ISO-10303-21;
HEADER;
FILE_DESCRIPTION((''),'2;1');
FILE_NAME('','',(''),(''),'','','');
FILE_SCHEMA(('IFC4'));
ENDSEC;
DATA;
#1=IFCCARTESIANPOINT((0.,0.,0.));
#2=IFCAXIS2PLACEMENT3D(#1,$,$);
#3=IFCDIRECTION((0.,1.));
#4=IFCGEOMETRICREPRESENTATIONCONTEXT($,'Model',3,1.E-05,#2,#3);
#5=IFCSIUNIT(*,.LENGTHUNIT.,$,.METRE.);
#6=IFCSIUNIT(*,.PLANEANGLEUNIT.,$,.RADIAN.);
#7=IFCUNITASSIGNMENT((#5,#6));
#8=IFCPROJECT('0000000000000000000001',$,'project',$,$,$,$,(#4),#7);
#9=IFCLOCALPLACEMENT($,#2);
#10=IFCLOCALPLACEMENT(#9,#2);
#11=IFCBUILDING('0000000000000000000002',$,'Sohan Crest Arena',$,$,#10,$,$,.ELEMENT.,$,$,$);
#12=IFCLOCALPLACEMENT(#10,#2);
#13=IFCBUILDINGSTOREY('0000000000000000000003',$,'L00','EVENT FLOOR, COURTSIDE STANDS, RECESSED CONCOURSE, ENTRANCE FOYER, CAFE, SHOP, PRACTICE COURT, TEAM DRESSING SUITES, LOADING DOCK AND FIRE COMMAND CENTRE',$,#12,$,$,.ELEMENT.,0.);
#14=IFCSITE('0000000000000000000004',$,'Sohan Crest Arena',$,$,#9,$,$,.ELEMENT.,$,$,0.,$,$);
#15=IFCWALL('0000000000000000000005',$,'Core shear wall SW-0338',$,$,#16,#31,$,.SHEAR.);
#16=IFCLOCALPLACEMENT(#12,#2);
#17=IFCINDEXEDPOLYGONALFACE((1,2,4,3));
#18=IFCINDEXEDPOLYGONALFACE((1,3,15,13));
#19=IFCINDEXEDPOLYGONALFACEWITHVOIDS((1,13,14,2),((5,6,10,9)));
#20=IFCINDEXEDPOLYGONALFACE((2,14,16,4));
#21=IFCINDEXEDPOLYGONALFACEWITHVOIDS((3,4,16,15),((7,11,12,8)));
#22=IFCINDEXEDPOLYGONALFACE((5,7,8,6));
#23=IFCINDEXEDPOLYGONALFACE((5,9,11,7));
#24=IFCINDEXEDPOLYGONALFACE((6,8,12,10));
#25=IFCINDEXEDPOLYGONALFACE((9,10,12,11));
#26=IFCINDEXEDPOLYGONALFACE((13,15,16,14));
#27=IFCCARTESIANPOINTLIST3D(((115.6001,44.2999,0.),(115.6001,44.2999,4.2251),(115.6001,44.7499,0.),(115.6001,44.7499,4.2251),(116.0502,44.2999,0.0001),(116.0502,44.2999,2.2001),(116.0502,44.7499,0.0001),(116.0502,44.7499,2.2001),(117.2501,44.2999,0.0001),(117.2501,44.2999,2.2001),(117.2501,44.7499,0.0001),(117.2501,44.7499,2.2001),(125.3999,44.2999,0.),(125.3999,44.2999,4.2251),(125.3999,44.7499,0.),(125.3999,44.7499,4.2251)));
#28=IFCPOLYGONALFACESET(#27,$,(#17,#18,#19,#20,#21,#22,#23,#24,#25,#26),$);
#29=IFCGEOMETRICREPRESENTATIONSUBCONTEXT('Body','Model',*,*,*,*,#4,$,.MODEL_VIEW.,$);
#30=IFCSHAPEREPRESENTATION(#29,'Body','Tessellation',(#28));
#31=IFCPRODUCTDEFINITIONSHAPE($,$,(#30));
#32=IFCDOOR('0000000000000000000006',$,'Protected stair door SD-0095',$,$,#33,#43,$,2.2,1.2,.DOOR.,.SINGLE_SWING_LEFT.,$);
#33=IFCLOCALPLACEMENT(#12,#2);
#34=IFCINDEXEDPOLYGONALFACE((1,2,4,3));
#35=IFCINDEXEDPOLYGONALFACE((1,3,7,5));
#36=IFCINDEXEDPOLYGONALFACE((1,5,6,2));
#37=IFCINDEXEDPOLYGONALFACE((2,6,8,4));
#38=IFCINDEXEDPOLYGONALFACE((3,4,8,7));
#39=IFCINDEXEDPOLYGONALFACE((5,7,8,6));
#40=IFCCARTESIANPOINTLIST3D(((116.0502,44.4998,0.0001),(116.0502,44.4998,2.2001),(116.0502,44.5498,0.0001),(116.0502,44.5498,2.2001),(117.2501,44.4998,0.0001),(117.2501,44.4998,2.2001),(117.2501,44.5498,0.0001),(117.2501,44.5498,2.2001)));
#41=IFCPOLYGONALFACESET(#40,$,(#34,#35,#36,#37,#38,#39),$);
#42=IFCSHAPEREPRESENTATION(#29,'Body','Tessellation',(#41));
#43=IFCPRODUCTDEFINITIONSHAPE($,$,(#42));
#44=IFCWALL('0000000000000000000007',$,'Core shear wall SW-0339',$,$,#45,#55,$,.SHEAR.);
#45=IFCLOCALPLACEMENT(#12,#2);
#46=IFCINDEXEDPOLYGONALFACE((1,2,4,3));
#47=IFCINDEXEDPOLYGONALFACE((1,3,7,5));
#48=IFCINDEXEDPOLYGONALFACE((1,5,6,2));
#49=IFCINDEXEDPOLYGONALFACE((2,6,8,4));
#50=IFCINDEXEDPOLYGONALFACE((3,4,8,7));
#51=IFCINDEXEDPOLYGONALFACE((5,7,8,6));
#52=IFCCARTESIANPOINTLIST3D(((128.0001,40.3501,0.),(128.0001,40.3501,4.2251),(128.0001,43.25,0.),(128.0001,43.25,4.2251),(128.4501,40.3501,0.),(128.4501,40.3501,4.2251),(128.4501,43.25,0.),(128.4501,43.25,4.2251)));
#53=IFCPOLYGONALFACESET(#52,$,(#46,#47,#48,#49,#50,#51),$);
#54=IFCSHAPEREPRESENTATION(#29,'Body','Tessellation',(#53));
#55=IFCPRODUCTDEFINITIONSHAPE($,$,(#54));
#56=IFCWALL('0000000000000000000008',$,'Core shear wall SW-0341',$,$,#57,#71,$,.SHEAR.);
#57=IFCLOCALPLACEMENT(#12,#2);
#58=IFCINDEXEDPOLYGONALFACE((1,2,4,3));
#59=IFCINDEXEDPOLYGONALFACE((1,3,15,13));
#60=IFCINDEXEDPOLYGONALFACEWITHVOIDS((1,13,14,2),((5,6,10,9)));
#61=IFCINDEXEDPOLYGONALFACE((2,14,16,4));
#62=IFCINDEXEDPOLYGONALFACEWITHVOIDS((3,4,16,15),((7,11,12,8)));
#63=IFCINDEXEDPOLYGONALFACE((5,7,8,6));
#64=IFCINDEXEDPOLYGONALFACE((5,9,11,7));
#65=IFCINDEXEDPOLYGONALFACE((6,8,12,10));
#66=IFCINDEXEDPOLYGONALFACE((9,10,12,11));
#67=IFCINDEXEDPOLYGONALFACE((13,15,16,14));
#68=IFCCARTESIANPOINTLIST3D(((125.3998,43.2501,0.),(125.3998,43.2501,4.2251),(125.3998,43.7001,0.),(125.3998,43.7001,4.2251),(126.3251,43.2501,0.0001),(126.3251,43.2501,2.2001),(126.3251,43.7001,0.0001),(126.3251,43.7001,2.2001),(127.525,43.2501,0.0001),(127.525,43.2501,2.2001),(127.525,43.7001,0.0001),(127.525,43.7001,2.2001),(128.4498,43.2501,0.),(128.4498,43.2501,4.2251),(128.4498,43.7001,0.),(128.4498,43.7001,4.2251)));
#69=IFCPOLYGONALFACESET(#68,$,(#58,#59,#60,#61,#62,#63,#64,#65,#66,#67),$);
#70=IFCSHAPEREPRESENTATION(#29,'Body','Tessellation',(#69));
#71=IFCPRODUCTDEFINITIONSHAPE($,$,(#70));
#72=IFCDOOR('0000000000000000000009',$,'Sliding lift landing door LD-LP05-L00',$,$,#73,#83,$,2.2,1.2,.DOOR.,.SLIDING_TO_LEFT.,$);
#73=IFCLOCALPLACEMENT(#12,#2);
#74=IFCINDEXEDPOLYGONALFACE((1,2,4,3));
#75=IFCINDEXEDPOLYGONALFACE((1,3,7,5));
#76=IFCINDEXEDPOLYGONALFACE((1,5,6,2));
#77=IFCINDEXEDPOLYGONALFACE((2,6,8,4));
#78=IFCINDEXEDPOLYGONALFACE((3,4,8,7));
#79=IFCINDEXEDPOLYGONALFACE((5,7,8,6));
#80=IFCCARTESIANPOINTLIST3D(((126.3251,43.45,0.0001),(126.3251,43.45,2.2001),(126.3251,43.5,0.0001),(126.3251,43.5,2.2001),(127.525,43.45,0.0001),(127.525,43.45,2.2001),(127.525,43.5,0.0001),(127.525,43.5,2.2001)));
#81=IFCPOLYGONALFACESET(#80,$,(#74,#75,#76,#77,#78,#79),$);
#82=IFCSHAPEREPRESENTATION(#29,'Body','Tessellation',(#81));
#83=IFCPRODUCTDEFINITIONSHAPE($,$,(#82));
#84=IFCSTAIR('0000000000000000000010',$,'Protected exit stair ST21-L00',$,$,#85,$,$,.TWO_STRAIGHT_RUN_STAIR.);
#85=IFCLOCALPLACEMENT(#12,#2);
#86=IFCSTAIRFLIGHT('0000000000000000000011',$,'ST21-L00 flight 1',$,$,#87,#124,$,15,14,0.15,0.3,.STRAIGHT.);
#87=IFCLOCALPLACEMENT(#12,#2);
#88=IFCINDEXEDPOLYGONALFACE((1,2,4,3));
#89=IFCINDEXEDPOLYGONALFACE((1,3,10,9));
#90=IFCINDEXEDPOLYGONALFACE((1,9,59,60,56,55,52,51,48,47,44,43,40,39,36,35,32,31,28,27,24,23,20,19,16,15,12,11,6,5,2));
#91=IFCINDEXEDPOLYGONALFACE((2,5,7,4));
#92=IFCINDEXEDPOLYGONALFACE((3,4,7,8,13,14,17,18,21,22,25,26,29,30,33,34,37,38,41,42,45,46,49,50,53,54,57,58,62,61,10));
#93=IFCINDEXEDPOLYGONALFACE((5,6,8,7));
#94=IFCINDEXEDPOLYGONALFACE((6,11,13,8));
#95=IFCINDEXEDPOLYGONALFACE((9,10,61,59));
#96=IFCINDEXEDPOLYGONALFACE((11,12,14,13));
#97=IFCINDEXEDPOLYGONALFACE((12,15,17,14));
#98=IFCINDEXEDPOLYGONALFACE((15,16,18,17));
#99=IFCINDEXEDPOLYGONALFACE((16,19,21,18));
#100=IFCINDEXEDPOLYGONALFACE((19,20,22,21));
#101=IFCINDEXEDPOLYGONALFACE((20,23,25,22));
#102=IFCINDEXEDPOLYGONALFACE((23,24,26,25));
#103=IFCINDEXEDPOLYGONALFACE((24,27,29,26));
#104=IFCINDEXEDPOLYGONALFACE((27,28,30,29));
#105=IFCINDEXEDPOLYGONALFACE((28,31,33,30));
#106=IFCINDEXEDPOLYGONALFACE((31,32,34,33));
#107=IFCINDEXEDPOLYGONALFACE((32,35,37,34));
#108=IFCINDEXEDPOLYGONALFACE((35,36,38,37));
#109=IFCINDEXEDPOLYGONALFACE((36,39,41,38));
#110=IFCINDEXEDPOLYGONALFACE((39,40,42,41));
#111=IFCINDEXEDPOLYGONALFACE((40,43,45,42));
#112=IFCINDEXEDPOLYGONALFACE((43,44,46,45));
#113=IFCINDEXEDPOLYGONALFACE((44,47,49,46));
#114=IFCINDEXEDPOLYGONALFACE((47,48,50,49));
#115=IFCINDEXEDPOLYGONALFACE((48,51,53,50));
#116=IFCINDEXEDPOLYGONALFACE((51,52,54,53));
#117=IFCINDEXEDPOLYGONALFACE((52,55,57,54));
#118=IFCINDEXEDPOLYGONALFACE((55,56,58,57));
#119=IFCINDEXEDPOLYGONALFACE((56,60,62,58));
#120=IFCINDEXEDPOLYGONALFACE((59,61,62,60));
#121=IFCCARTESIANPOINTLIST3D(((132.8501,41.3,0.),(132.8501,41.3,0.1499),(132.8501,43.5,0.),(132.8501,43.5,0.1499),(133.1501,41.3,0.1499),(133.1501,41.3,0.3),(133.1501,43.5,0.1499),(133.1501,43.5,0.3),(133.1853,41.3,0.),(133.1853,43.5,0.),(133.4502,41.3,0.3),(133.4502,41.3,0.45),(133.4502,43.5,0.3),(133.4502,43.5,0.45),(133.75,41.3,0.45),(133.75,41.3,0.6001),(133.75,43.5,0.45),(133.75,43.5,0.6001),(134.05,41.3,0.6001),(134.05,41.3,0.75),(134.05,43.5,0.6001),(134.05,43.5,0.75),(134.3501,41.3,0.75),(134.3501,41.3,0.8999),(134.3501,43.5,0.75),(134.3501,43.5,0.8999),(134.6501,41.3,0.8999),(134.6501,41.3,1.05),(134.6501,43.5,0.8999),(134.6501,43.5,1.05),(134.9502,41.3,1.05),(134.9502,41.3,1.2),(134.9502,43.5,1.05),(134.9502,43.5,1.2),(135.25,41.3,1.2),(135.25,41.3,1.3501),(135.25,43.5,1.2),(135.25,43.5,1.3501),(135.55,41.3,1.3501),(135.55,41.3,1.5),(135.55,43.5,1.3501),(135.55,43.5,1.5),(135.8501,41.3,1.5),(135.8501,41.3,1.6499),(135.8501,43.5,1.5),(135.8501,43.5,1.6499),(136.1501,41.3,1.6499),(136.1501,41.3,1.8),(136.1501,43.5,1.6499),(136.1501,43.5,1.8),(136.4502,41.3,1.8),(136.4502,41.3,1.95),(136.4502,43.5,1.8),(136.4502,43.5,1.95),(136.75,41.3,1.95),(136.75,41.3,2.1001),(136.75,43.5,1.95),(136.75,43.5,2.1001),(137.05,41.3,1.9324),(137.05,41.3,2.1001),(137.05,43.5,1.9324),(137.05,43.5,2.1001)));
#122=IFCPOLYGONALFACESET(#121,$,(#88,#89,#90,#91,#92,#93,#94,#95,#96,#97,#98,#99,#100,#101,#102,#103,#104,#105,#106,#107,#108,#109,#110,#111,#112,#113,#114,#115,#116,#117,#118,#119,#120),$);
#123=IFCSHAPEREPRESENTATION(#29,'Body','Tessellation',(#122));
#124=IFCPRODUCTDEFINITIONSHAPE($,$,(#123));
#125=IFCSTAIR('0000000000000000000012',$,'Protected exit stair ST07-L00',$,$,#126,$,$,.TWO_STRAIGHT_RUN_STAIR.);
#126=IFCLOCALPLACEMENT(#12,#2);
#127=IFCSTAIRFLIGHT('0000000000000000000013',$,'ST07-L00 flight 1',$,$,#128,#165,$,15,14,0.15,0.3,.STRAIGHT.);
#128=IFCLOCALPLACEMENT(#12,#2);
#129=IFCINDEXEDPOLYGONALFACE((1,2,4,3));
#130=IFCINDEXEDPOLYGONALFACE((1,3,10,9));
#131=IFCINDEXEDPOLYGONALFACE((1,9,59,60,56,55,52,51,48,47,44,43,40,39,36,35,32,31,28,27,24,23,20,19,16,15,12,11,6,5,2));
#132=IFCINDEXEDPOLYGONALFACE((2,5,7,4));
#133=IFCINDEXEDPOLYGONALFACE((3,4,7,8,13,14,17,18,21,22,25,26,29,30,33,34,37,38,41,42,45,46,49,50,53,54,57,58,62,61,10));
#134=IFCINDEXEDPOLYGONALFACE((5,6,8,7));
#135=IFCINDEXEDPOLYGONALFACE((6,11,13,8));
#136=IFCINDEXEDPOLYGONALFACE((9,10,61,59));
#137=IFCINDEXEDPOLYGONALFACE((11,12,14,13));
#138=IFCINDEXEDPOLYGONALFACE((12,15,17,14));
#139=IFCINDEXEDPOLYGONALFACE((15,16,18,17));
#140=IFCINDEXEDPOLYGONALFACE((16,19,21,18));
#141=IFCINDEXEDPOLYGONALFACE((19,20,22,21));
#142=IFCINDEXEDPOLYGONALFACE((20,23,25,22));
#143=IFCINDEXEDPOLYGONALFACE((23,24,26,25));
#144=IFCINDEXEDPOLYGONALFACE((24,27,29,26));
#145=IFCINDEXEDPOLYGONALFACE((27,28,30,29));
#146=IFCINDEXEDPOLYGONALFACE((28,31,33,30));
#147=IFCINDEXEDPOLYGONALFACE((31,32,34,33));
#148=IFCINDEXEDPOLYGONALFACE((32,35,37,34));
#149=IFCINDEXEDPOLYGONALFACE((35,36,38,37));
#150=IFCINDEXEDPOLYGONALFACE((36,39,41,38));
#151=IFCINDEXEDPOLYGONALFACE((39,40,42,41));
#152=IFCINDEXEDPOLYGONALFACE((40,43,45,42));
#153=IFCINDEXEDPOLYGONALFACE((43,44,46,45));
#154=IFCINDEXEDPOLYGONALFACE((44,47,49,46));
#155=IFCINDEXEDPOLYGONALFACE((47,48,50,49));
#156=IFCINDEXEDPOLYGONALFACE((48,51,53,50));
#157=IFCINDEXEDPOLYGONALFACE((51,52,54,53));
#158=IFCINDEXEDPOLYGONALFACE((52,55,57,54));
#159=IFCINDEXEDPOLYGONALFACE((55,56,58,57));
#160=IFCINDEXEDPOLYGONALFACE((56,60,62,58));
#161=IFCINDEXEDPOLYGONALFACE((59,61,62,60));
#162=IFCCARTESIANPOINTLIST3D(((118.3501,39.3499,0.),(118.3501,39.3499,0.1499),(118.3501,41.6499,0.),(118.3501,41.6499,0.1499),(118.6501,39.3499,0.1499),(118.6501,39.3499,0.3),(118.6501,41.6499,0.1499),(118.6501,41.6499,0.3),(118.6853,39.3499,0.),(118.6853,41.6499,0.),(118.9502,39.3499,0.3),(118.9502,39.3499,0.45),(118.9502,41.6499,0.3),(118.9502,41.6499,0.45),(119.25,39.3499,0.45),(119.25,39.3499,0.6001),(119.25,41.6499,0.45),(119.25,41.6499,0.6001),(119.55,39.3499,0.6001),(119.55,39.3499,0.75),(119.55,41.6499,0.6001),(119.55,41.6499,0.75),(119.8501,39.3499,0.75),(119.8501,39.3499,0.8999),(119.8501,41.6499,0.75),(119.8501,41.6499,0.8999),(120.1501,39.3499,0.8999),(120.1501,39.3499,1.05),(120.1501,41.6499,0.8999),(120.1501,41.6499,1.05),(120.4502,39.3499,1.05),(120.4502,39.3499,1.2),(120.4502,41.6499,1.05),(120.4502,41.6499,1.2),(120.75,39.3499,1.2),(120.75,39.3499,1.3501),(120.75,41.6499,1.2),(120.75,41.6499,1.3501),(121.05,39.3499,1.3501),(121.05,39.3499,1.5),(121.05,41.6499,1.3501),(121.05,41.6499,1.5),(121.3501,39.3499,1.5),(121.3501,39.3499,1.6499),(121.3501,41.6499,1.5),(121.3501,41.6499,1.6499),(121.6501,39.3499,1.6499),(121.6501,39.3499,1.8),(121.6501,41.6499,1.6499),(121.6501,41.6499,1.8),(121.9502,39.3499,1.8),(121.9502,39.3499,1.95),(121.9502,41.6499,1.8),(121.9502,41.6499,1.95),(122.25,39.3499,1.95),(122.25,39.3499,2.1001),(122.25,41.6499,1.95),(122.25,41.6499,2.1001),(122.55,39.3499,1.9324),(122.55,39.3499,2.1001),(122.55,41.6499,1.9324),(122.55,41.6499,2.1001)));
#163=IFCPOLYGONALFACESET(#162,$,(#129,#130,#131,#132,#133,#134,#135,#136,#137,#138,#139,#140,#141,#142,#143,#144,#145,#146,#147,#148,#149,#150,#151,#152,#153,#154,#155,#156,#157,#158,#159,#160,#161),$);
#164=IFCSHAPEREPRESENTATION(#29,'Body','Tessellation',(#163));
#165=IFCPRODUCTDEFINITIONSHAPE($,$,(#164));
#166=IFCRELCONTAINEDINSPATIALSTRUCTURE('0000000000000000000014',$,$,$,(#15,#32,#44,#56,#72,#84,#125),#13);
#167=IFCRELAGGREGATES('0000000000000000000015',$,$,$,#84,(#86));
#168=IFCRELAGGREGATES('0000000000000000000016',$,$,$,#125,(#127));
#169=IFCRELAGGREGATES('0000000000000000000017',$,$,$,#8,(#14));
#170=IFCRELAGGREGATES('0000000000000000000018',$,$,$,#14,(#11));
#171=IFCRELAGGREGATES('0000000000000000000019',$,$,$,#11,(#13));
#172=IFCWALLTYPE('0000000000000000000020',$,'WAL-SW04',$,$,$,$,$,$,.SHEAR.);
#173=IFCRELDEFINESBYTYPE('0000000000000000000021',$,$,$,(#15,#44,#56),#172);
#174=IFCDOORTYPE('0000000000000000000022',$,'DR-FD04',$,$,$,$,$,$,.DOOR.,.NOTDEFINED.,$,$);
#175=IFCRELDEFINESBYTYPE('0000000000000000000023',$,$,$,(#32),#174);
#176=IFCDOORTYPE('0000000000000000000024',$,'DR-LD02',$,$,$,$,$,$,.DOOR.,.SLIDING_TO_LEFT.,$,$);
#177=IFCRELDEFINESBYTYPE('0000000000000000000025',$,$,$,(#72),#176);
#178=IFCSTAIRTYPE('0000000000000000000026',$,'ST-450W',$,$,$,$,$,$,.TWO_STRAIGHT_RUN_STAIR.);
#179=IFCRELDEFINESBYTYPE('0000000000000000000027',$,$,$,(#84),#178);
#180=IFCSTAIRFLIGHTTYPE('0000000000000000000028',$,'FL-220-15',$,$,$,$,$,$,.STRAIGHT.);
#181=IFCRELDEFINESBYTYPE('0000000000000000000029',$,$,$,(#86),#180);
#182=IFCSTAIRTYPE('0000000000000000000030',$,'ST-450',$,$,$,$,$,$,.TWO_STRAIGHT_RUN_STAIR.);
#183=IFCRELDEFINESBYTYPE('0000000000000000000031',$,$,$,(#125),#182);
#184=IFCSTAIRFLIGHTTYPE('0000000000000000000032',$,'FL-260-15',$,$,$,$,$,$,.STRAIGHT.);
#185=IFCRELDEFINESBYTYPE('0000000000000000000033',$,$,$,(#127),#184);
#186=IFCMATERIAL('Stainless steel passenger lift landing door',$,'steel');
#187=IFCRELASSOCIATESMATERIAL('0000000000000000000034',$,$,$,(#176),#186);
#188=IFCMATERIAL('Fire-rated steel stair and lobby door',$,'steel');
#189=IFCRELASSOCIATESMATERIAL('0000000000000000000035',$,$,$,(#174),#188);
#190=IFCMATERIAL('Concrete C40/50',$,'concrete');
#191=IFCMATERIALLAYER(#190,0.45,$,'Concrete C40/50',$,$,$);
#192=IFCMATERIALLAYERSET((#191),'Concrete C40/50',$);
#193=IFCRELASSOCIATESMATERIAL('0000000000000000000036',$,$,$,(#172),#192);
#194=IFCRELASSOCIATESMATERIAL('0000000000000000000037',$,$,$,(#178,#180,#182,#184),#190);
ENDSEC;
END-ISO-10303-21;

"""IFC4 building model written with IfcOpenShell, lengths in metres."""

from ifc_helpers import new_model, si_unit, direction, frame, frame_2d, origin, place, context, subcontext, project, spatial, polyline, rectangle, outline, extrude, material, layer, layer_set, type_object, element, fill, aggregate, save


model = new_model("IFC4")

# Units and contexts
model_context = context("Model", 3, precision=1e-05, world=origin(), true_north=direction((0.0, 1.0)))
body_context = subcontext(model_context, "Body", "Model", "MODEL_VIEW")
ifc_project = project(units=[si_unit("LENGTHUNIT", "METRE"), si_unit("PLANEANGLEUNIT", "RADIAN")], contexts=[model_context])

# Site, building, storey
site_placement = place(None, origin())
site = spatial("IfcSite", under=ifc_project, at=site_placement, Name="Sohan Crest Arena", CompositionType="ELEMENT", RefElevation=0.0)
building_placement = place(site_placement, origin())
building = spatial("IfcBuilding", under=site, at=building_placement, Name="Sohan Crest Arena", CompositionType="ELEMENT")
storey_placement = place(building_placement, origin())
storey = spatial("IfcBuildingStorey", under=building, at=storey_placement, Name="L00", Description="EVENT FLOOR, COURTSIDE STANDS, RECESSED CONCOURSE, ENTRANCE FOYER, CAFE, SHOP, PRACTICE COURT, TEAM DRESSING SUITES, LOADING DOCK AND FIRE COMMAND CENTRE", CompositionType="ELEMENT", Elevation=0.0)

# Shared definitions
ifc_material_1 = material(Name="Concrete C40/50", Category="concrete")

# Shared definitions
ifc_material_2 = material(Name="Stainless steel passenger lift landing door", Category="steel")
door_type_1 = type_object("IfcDoorType", Name="DR-LD02", OperationType="SLIDING_TO_LEFT", PredefinedType="DOOR", material=ifc_material_2)

# Wall, opening, door
ifc_material_3 = material(Name="Fire-rated steel stair and lobby door", Category="steel")
door_type_2 = type_object("IfcDoorType", Name="DR-FD04", OperationType="NOTDEFINED", PredefinedType="DOOR", material=ifc_material_3)
ifc_layer_1 = layer(ifc_material_1, 0.45, Name="Concrete C40/50")
ifc_layer_set_1 = layer_set([ifc_layer_1], Name="Concrete C40/50")
wall_type_1 = type_object("IfcWallType", Name="WAL-SW04", PredefinedType="SHEAR", material=ifc_layer_set_1)
wall_1_placement = place(storey_placement, frame((115.6001, 44.5249, 0.0), z_axis=(0.0, 0.0, 1.0), x_axis=(1.0, 0.0, 0.0)))
wall_1 = element("IfcWall", 1, at=wall_1_placement, inside=storey, type_object=wall_type_1, Name="Core shear wall SW-0338", PredefinedType="SHEAR", context=body_context, shape_type="SweptSolid", body=[
    extrude(rectangle(XDim=9.7998, YDim=0.45, at=frame_2d((4.8999, 0.0))), origin(), (0.0, 0.0, 1.0), 4.2251),
])
opening_1_placement = place(wall_1_placement, frame((0.45, 0.0, 0.0)))
opening_1 = element("IfcOpeningElement", 2, at=opening_1_placement, cuts=wall_1, PredefinedType="OPENING", context=body_context, shape_type="SweptSolid", body=[
    extrude(rectangle(XDim=1.2, YDim=2.2, at=frame_2d((0.6001, 1.1001))), frame((0.0, 0.2349, 0.0), z_axis=(0.0, -1.0, 0.0), x_axis=(1.0, 0.0, 0.0)), (0.0, 0.0, 1.0), 0.47),
])
door_1_placement = place(opening_1_placement, origin())
door_1 = element("IfcDoor", 3, at=door_1_placement, inside=storey, type_object=door_type_2, Name="Protected stair door SD-0095", OperationType="SINGLE_SWING_LEFT", OverallHeight=2.2, OverallWidth=1.2, PredefinedType="DOOR", context=body_context, shape_type="SweptSolid", body=[
    extrude(rectangle(XDim=1.2, YDim=2.2, at=frame_2d((0.6001, 1.1001))), frame((0.0, 0.0249, 0.0), z_axis=(0.0, -1.0, 0.0), x_axis=(1.0, 0.0, 0.0)), (0.0, 0.0, 1.0), 0.05),
])
fill(opening_1, door_1)

# Wall
wall_2_placement = place(storey_placement, frame((128.2251, 40.3501, 0.0), z_axis=(0.0, 0.0, 1.0), x_axis=(0.0, 1.0, 0.0)))
element("IfcWall", 4, at=wall_2_placement, inside=storey, type_object=wall_type_1, Name="Core shear wall SW-0339", PredefinedType="SHEAR", context=body_context, shape_type="SweptSolid", body=[
    extrude(rectangle(XDim=2.8999, YDim=0.45, at=frame_2d((1.45, 0.0))), origin(), (0.0, 0.0, 1.0), 4.2251),
])

# Wall, opening, door
wall_3_placement = place(storey_placement, frame((125.3999, 43.4751, 0.0), z_axis=(0.0, 0.0, 1.0), x_axis=(1.0, 0.0, 0.0)))
wall_3 = element("IfcWall", 5, at=wall_3_placement, inside=storey, type_object=wall_type_1, Name="Core shear wall SW-0341", PredefinedType="SHEAR", context=body_context, shape_type="SweptSolid", body=[
    extrude(rectangle(XDim=3.05, YDim=0.45, at=frame_2d((1.5249, 0.0))), origin(), (0.0, 0.0, 1.0), 4.2251),
])
opening_2_placement = place(wall_3_placement, frame((0.925, 0.0, 0.0)))
opening_2 = element("IfcOpeningElement", 6, at=opening_2_placement, cuts=wall_3, PredefinedType="OPENING", context=body_context, shape_type="SweptSolid", body=[
    extrude(rectangle(XDim=1.2, YDim=2.2, at=frame_2d((0.6001, 1.1001))), frame((0.0, 0.2349, 0.0), z_axis=(0.0, -1.0, 0.0), x_axis=(1.0, 0.0, 0.0)), (0.0, 0.0, 1.0), 0.47),
])
door_2_placement = place(opening_2_placement, origin())
door_2 = element("IfcDoor", 7, at=door_2_placement, inside=storey, type_object=door_type_1, Name="Sliding lift landing door LD-LP05-L00", OperationType="SLIDING_TO_LEFT", OverallHeight=2.2, OverallWidth=1.2, PredefinedType="DOOR", context=body_context, shape_type="SweptSolid", body=[
    extrude(rectangle(XDim=1.2, YDim=2.2, at=frame_2d((0.6001, 1.1001))), frame((0.0, 0.0249, 0.0), z_axis=(0.0, -1.0, 0.0), x_axis=(1.0, 0.0, 0.0)), (0.0, 0.0, 1.0), 0.05),
])
fill(opening_2, door_2)

# Stair, stair flight
stair_type_1 = type_object("IfcStairType", Name="ST-450W", PredefinedType="TWO_STRAIGHT_RUN_STAIR", material=ifc_material_1)
stair_1_placement = place(storey_placement, origin())
stair_1 = element("IfcStair", 8, at=stair_1_placement, inside=storey, type_object=stair_type_1, Name="Protected exit stair ST21-L00", PredefinedType="TWO_STRAIGHT_RUN_STAIR")
stair_flight_type_1 = type_object("IfcStairFlightType", Name="FL-220-15", PredefinedType="STRAIGHT", material=ifc_material_1)
stair_flight_1_placement = place(storey_placement, frame((132.8501, 42.3999, 0.0), z_axis=(0.0, 0.0, 1.0), x_axis=(1.0, 0.0, 0.0)))
stair_flight_1 = element("IfcStairFlight", 9, at=stair_flight_1_placement, type_object=stair_flight_type_1, Name="ST21-L00 flight 1", NumberOfRisers=15, NumberOfTreads=14, PredefinedType="STRAIGHT", RiserHeight=0.15, TreadLength=0.3, context=body_context, shape_type="SweptSolid", body=[
    extrude(outline(polyline([(0.0, 0.0), (0.0, 0.1499), (0.3, 0.1499), (0.3, 0.3), (0.6001, 0.3), (0.6001, 0.45), (0.8999, 0.45), (0.8999, 0.6001), (1.2, 0.6001), (1.2, 0.75), (1.5, 0.75), (1.5, 0.8999), (1.8, 0.8999), (1.8, 1.05), (2.1001, 1.05), (2.1001, 1.2), (2.3999, 1.2), (2.3999, 1.3501), (2.7, 1.3501), (2.7, 1.5), (3.0, 1.5), (3.0, 1.6499), (3.3, 1.6499), (3.3, 1.8), (3.6001, 1.8), (3.6001, 1.95), (3.8999, 1.95), (3.8999, 2.1001), (4.2, 2.1001), (4.2, 2.25), (4.2, 1.9324), (0.3352, 0.0), (0.0, 0.0)])), frame((0.0, 1.1001, 0.0), z_axis=(0.0, -1.0, 0.0), x_axis=(1.0, 0.0, 0.0)), (0.0, 0.0, 1.0), 2.2),
])
aggregate(stair_1, [stair_flight_1])

# Stair, stair flight
stair_type_2 = type_object("IfcStairType", Name="ST-450", PredefinedType="TWO_STRAIGHT_RUN_STAIR", material=ifc_material_1)
stair_2_placement = place(storey_placement, origin())
stair_2 = element("IfcStair", 10, at=stair_2_placement, inside=storey, type_object=stair_type_2, Name="Protected exit stair ST07-L00", PredefinedType="TWO_STRAIGHT_RUN_STAIR")
stair_flight_type_2 = type_object("IfcStairFlightType", Name="FL-260-15", PredefinedType="STRAIGHT", material=ifc_material_1)
stair_flight_2_placement = place(storey_placement, frame((118.3501, 40.5, 0.0), z_axis=(0.0, 0.0, 1.0), x_axis=(1.0, 0.0, 0.0)))
stair_flight_2 = element("IfcStairFlight", 11, at=stair_flight_2_placement, type_object=stair_flight_type_2, Name="ST07-L00 flight 1", NumberOfRisers=15, NumberOfTreads=14, PredefinedType="STRAIGHT", RiserHeight=0.15, TreadLength=0.3, context=body_context, shape_type="SweptSolid", body=[
    extrude(outline(polyline([(0.0, 0.0), (0.0, 0.1499), (0.3, 0.1499), (0.3, 0.3), (0.6001, 0.3), (0.6001, 0.45), (0.8999, 0.45), (0.8999, 0.6001), (1.2, 0.6001), (1.2, 0.75), (1.5, 0.75), (1.5, 0.8999), (1.8, 0.8999), (1.8, 1.05), (2.1001, 1.05), (2.1001, 1.2), (2.3999, 1.2), (2.3999, 1.3501), (2.7, 1.3501), (2.7, 1.5), (3.0, 1.5), (3.0, 1.6499), (3.3, 1.6499), (3.3, 1.8), (3.6001, 1.8), (3.6001, 1.95), (3.8999, 1.95), (3.8999, 2.1001), (4.2, 2.1001), (4.2, 2.25), (4.2, 1.9324), (0.3352, 0.0), (0.0, 0.0)])), frame((0.0, 1.1499, 0.0), z_axis=(0.0, -1.0, 0.0), x_axis=(1.0, 0.0, 0.0)), (0.0, 0.0, 1.0), 2.3),
])
aggregate(stair_2, [stair_flight_2])

save(model, "model.ifc")
